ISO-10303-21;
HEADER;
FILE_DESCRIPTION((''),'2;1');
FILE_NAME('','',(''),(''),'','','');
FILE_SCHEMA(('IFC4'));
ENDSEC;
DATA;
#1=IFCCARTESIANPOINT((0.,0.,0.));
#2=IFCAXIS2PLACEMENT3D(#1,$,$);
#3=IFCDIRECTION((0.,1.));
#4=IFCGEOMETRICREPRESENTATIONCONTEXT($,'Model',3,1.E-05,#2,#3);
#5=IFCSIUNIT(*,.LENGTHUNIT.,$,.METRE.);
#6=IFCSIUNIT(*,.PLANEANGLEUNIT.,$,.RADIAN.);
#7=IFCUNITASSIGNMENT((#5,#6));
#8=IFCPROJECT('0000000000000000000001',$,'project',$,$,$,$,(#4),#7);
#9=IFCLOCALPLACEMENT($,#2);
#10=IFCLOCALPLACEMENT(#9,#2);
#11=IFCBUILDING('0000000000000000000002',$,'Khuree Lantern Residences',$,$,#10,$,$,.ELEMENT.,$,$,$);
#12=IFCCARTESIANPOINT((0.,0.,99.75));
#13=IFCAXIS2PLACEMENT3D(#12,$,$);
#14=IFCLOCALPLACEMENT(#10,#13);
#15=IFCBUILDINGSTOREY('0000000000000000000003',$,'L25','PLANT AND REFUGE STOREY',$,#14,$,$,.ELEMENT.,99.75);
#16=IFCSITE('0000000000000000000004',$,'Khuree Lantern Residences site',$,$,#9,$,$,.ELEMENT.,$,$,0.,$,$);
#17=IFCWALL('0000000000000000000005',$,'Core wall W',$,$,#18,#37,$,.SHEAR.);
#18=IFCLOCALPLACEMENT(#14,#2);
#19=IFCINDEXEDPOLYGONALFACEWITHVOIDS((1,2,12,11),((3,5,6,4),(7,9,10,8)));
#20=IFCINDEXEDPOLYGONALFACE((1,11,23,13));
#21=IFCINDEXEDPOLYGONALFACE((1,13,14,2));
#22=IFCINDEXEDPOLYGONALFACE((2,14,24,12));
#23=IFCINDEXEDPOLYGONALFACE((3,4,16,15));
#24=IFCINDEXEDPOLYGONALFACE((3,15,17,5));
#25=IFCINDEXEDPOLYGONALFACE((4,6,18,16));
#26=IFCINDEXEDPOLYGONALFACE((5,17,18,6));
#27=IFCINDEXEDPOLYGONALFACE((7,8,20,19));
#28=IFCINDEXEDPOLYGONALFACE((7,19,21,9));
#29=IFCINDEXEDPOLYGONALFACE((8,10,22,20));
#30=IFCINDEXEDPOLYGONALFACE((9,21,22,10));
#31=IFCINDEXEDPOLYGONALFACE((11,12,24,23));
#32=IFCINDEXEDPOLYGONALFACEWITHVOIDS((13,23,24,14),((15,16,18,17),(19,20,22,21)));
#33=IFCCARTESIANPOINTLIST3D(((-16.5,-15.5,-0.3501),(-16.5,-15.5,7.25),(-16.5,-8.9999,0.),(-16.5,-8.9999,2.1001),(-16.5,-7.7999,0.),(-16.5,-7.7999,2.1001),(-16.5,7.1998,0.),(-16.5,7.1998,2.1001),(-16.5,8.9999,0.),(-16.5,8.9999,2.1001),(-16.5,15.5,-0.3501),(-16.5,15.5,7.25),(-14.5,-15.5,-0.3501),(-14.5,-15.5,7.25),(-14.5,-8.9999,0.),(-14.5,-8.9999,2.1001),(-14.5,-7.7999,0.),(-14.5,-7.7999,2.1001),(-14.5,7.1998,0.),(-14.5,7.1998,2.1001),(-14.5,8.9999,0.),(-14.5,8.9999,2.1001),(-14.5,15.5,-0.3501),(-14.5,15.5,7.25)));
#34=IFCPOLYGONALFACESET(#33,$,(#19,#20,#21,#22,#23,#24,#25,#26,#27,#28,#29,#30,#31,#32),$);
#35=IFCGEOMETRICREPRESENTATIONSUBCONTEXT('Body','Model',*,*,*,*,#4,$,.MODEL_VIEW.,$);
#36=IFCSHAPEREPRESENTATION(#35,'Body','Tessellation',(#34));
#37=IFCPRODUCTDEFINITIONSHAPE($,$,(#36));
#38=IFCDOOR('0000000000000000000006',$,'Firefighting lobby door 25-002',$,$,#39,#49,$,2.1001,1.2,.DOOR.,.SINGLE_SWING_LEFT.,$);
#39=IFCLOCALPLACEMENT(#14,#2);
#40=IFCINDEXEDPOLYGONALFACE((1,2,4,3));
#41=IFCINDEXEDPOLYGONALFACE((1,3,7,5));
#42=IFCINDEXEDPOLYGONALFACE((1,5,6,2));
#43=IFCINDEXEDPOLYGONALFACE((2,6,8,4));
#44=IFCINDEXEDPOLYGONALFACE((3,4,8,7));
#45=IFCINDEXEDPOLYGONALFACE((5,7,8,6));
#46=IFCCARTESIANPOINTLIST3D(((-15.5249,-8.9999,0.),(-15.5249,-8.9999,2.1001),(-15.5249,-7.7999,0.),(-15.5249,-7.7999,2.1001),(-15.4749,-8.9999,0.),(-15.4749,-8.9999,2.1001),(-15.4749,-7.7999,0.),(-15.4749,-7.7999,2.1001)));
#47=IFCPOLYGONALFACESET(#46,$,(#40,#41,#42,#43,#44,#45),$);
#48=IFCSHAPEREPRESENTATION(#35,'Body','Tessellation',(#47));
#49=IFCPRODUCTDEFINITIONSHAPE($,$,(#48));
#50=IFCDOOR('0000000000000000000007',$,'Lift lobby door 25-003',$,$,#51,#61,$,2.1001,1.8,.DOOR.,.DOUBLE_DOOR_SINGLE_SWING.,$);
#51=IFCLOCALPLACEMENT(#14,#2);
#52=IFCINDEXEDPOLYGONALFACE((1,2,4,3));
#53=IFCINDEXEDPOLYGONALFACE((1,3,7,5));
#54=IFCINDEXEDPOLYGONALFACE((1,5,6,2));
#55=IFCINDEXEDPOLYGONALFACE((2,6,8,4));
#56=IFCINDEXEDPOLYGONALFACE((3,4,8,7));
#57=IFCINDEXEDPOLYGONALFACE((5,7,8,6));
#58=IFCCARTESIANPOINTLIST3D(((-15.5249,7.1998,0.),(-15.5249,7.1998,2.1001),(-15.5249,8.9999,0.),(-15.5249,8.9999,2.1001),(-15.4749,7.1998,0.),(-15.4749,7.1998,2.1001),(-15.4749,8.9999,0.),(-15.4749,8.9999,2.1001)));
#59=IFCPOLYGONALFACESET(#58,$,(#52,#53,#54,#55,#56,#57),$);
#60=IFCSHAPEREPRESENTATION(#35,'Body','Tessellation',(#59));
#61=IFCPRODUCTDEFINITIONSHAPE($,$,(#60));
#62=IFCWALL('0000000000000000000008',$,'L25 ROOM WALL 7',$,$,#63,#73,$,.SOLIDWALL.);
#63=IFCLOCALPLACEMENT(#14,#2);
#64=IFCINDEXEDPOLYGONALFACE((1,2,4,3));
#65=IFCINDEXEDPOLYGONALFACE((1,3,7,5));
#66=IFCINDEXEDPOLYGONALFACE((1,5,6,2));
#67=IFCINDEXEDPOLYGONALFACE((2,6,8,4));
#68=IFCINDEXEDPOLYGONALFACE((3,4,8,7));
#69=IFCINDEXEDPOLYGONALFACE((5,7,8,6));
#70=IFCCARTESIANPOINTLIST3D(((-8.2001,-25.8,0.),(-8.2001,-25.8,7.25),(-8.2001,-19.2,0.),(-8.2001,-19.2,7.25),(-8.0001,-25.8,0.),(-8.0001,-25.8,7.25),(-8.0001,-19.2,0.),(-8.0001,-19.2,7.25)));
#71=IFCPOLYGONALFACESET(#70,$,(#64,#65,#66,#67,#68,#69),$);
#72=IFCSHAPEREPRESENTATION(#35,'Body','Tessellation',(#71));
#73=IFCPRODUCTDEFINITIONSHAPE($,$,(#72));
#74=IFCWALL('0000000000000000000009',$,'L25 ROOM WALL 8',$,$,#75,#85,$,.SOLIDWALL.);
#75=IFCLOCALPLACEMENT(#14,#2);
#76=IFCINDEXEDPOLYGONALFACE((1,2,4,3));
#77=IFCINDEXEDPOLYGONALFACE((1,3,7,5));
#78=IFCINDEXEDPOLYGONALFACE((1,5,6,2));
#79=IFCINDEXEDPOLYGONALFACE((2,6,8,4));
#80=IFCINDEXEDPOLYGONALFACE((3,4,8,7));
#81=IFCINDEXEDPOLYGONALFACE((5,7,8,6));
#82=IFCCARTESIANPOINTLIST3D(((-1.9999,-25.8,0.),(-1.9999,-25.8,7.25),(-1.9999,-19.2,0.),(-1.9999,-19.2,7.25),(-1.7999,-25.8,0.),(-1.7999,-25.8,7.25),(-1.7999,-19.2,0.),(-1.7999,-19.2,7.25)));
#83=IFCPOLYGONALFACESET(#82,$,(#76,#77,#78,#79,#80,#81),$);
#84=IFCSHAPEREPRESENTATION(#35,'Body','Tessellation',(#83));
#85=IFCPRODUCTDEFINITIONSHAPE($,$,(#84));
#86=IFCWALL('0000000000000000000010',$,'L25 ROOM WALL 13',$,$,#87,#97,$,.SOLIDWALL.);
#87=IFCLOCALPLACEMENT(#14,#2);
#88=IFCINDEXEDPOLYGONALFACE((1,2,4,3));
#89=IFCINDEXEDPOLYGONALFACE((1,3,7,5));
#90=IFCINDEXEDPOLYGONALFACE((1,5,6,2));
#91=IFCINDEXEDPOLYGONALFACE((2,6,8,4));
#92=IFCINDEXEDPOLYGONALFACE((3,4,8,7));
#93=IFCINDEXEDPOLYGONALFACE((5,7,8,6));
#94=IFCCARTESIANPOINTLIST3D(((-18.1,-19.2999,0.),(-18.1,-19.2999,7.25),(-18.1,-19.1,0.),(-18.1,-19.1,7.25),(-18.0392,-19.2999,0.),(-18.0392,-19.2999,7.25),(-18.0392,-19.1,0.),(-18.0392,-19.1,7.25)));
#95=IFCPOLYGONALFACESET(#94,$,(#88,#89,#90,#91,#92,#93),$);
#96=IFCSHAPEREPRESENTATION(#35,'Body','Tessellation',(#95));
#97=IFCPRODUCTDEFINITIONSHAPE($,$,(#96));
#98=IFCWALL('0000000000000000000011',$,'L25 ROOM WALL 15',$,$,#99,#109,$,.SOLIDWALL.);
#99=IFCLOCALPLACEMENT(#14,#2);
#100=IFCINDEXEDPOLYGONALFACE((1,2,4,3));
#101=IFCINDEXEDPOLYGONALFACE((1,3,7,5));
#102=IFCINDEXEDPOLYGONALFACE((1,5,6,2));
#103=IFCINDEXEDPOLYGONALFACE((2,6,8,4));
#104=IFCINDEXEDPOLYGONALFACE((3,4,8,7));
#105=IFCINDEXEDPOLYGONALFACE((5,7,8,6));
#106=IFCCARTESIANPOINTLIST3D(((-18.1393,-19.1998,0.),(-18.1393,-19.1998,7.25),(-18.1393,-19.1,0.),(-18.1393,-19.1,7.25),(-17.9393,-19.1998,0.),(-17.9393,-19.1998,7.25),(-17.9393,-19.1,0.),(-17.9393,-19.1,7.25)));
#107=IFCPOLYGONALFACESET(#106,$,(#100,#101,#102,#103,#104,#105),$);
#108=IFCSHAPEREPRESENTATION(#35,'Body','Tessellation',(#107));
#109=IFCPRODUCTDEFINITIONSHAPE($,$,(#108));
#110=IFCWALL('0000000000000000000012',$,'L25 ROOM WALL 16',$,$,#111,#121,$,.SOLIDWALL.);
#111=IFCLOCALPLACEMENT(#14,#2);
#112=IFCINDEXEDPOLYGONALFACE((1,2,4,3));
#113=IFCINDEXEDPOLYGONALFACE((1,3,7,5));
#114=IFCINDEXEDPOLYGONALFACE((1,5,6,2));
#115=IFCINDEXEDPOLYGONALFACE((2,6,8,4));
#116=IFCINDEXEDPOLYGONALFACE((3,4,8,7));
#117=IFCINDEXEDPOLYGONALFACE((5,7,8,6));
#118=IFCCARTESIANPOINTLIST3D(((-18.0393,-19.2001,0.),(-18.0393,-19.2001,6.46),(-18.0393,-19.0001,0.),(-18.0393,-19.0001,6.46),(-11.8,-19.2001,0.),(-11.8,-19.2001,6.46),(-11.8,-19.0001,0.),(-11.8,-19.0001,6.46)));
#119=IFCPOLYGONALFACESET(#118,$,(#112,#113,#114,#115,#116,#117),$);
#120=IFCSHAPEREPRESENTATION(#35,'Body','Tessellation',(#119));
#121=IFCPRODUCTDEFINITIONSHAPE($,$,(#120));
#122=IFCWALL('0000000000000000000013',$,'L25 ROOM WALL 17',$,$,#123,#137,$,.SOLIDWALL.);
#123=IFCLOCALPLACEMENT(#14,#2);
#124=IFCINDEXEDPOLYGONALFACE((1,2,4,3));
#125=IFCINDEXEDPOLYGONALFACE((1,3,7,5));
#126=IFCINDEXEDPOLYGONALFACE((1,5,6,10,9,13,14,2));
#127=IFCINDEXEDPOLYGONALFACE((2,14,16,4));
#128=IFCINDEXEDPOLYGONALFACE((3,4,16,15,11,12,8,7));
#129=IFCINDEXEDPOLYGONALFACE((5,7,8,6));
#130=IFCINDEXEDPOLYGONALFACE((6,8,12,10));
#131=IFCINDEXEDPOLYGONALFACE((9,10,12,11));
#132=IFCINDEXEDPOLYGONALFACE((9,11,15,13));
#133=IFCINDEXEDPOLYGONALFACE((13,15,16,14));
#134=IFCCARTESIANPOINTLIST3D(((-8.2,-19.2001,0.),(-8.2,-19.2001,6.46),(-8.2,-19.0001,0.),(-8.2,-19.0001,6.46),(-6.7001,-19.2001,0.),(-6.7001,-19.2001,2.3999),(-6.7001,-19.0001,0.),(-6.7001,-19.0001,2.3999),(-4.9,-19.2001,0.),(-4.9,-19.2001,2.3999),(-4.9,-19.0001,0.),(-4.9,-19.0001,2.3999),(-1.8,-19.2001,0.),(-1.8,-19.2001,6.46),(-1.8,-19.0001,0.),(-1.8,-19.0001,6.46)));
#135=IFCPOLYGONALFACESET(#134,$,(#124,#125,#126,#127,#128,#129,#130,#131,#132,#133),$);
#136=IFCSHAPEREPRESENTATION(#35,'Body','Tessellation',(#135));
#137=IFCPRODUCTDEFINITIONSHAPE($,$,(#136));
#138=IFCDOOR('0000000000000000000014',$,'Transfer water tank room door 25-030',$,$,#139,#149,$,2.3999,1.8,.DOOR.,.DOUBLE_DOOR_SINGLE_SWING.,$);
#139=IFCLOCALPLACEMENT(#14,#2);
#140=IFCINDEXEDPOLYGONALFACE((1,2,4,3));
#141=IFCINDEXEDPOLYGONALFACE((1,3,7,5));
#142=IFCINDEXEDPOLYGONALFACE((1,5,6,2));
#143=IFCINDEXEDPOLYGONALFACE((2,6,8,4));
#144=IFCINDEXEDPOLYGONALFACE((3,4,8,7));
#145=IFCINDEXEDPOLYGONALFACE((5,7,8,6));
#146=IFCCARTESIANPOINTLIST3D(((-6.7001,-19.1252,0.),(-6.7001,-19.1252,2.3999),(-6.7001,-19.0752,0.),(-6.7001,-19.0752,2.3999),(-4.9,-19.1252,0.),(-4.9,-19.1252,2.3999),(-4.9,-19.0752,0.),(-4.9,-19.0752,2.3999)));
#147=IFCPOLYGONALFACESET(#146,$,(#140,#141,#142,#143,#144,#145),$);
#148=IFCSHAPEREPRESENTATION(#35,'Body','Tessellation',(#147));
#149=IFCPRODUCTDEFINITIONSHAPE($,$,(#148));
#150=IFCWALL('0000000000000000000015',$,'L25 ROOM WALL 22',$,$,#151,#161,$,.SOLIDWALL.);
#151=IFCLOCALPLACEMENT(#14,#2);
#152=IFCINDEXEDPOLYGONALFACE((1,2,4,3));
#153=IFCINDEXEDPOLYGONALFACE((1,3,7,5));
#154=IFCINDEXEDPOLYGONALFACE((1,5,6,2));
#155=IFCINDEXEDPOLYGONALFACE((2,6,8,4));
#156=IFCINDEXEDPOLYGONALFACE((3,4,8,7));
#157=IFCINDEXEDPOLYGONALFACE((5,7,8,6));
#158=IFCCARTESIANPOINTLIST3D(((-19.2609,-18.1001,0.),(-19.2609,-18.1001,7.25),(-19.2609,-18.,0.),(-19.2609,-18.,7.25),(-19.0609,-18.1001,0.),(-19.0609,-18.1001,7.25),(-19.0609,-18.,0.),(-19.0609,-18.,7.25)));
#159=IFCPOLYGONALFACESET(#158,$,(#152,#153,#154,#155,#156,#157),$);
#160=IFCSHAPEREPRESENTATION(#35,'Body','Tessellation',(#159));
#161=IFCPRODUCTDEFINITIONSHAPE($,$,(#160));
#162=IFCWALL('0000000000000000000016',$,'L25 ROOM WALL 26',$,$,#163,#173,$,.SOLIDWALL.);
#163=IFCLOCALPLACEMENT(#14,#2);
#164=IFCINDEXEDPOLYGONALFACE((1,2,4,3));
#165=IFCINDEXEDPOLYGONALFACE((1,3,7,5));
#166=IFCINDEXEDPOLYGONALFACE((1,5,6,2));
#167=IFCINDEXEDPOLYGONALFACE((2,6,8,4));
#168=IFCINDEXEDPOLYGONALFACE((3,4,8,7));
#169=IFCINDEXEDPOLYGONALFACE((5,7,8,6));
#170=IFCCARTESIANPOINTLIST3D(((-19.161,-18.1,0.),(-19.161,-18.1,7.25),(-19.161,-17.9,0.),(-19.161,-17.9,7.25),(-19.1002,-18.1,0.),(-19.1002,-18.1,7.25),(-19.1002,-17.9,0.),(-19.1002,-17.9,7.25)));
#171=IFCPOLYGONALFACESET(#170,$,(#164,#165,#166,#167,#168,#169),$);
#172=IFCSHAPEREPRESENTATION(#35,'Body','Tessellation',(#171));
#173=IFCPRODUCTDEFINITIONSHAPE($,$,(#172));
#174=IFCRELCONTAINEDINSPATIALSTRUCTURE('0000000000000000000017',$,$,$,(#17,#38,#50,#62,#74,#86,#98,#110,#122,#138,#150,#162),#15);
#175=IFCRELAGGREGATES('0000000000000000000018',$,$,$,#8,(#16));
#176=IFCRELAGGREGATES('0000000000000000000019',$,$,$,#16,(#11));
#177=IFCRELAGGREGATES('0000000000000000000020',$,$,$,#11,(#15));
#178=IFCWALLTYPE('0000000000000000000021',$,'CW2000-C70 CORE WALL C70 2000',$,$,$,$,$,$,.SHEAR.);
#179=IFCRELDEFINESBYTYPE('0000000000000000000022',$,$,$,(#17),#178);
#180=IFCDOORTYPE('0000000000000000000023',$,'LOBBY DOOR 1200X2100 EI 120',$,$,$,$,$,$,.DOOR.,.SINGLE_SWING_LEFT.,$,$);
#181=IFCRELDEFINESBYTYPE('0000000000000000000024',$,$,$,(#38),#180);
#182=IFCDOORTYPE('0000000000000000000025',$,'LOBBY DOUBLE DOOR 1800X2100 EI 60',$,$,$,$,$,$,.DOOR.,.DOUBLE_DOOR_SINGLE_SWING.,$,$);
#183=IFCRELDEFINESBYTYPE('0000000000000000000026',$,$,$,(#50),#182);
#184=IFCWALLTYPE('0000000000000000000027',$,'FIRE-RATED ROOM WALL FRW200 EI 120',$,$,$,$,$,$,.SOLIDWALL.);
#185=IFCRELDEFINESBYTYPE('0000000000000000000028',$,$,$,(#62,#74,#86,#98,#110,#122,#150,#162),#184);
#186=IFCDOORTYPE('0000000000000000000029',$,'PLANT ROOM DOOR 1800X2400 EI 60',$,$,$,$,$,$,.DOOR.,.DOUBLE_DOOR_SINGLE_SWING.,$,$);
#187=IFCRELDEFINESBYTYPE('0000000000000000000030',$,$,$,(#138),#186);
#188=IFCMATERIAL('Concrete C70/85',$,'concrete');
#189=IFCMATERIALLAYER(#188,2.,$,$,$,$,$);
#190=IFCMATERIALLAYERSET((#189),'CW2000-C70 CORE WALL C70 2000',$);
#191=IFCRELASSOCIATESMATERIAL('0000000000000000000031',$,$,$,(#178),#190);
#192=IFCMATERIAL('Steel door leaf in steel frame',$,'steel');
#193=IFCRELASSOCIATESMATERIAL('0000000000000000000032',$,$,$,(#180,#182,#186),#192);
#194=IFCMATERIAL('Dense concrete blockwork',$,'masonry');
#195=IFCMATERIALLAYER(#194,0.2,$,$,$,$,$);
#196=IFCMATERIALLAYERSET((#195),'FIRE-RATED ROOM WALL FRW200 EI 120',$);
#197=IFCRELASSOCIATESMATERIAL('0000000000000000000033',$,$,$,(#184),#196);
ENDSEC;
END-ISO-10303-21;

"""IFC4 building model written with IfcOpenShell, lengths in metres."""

from ifc_helpers import new_model, si_unit, direction, frame, frame_2d, origin, place, context, subcontext, project, spatial, rectangle, extrude, material, layer, layer_set, type_object, element, fill, save


model = new_model("IFC4")

# Units and contexts
model_context = context("Model", 3, precision=1e-05, world=origin(), true_north=direction((0.0, 1.0)))
body_context = subcontext(model_context, "Body", "Model", "MODEL_VIEW")
ifc_project = project(units=[si_unit("LENGTHUNIT", "METRE"), si_unit("PLANEANGLEUNIT", "RADIAN")], contexts=[model_context])

# Site, building, storey
site_placement = place(None, origin())
site = spatial("IfcSite", under=ifc_project, at=site_placement, Name="Khuree Lantern Residences site", CompositionType="ELEMENT", RefElevation=0.0)
building_placement = place(site_placement, origin())
building = spatial("IfcBuilding", under=site, at=building_placement, Name="Khuree Lantern Residences", CompositionType="ELEMENT")
storey_placement = place(building_placement, frame((0.0, 0.0, 99.75)))
storey = spatial("IfcBuildingStorey", under=building, at=storey_placement, Name="L25", Description="PLANT AND REFUGE STOREY", CompositionType="ELEMENT", Elevation=99.75)

# Shared definitions
ifc_material_1 = material(Name="Concrete C70/85", Category="concrete")

# Shared definitions
ifc_material_2 = material(Name="Dense concrete blockwork", Category="masonry")
ifc_layer_1 = layer(ifc_material_1, 2.0)
ifc_layer_set_1 = layer_set([ifc_layer_1], Name="CW2000-C70 CORE WALL C70 2000")
wall_type_1 = type_object("IfcWallType", Name="CW2000-C70 CORE WALL C70 2000", PredefinedType="SHEAR", material=ifc_layer_set_1)

# Wall, openings, doors
wall_1_placement = place(storey_placement, frame((-15.5, -15.5, -0.3501), z_axis=(0.0, 0.0, 1.0), x_axis=(0.0, 1.0, 0.0)))
wall_1 = element("IfcWall", 1, at=wall_1_placement, inside=storey, type_object=wall_type_1, Name="Core wall W", PredefinedType="SHEAR", context=body_context, shape_type="SweptSolid", body=[
    extrude(rectangle(XDim=31.0, YDim=2.0, at=frame_2d((15.5, 0.0))), origin(), (0.0, 0.0, 1.0), 7.6001),
])
opening_1_placement = place(wall_1_placement, frame((6.5, 0.0, 0.3501)))
opening_1 = element("IfcOpeningElement", 2, at=opening_1_placement, cuts=wall_1, PredefinedType="OPENING", context=body_context, shape_type="SweptSolid", body=[
    extrude(rectangle(XDim=1.2, YDim=2.1001, at=frame_2d((0.6001, 1.05))), frame((0.0, 1.01, 0.0), z_axis=(0.0, -1.0, 0.0), x_axis=(1.0, 0.0, 0.0)), (0.0, 0.0, 1.0), 2.02),
])
opening_2_placement = place(wall_1_placement, frame((22.7, 0.0, 0.3501)))
opening_2 = element("IfcOpeningElement", 3, at=opening_2_placement, cuts=wall_1, PredefinedType="OPENING", context=body_context, shape_type="SweptSolid", body=[
    extrude(rectangle(XDim=1.8, YDim=2.1001, at=frame_2d((0.8999, 1.05))), frame((0.0, 1.01, 0.0), z_axis=(0.0, -1.0, 0.0), x_axis=(1.0, 0.0, 0.0)), (0.0, 0.0, 1.0), 2.02),
])
ifc_material_3 = material(Name="Steel door leaf in steel frame", Category="steel")
door_type_1 = type_object("IfcDoorType", Name="LOBBY DOOR 1200X2100 EI 120", OperationType="SINGLE_SWING_LEFT", PredefinedType="DOOR", material=ifc_material_3)
door_1_placement = place(opening_1_placement, origin())
door_1 = element("IfcDoor", 4, at=door_1_placement, inside=storey, type_object=door_type_1, Name="Firefighting lobby door 25-002", OperationType="SINGLE_SWING_LEFT", OverallHeight=2.1001, OverallWidth=1.2, PredefinedType="DOOR", context=body_context, shape_type="SweptSolid", body=[
    extrude(rectangle(XDim=1.2, YDim=2.1001, at=frame_2d((0.6001, 1.05))), frame((0.0, 0.0249, 0.0), z_axis=(0.0, -1.0, 0.0), x_axis=(1.0, 0.0, 0.0)), (0.0, 0.0, 1.0), 0.05),
])
fill(opening_1, door_1)
door_type_2 = type_object("IfcDoorType", Name="LOBBY DOUBLE DOOR 1800X2100 EI 60", OperationType="DOUBLE_DOOR_SINGLE_SWING", PredefinedType="DOOR", material=ifc_material_3)
door_2_placement = place(opening_2_placement, origin())
door_2 = element("IfcDoor", 5, at=door_2_placement, inside=storey, type_object=door_type_2, Name="Lift lobby door 25-003", OperationType="DOUBLE_DOOR_SINGLE_SWING", OverallHeight=2.1001, OverallWidth=1.8, PredefinedType="DOOR", context=body_context, shape_type="SweptSolid", body=[
    extrude(rectangle(XDim=1.8, YDim=2.1001, at=frame_2d((0.8999, 1.05))), frame((0.0, 0.0249, 0.0), z_axis=(0.0, -1.0, 0.0), x_axis=(1.0, 0.0, 0.0)), (0.0, 0.0, 1.0), 0.05),
])
fill(opening_2, door_2)

# Walls
ifc_layer_2 = layer(ifc_material_2, 0.2)
ifc_layer_set_2 = layer_set([ifc_layer_2], Name="FIRE-RATED ROOM WALL FRW200 EI 120")
wall_type_2 = type_object("IfcWallType", Name="FIRE-RATED ROOM WALL FRW200 EI 120", PredefinedType="SOLIDWALL", material=ifc_layer_set_2)
for number, where, z_axis, x_axis, name in (
    (6, (-8.1001, -25.8, 0.0), (0.0, 0.0, 1.0), (0.0, 1.0, 0.0), "L25 ROOM WALL 7"),
    (7, (-1.8999, -25.8, 0.0), (0.0, 0.0, 1.0), (0.0, 1.0, 0.0), "L25 ROOM WALL 8"),
):
    element("IfcWall", number, at=place(storey_placement, frame(where, z_axis=z_axis, x_axis=x_axis)), inside=storey, type_object=wall_type_2, Name=name, PredefinedType="SOLIDWALL", context=body_context, shape_type="SweptSolid", body=[
        extrude(rectangle(XDim=6.6001, YDim=0.2, at=frame_2d((3.3, 0.0))), origin(), (0.0, 0.0, 1.0), 7.25),
    ])
wall_2_placement = place(storey_placement, frame((-18.0393, -19.2, 0.0), z_axis=(0.0, 0.0, 1.0), x_axis=(-1.0, 0.0, 0.0)))
element("IfcWall", 8, at=wall_2_placement, inside=storey, type_object=wall_type_2, Name="L25 ROOM WALL 13", PredefinedType="SOLIDWALL", context=body_context, shape_type="SweptSolid", body=[
    extrude(rectangle(XDim=0.0608, YDim=0.2, at=frame_2d((0.0303, 0.0))), origin(), (0.0, 0.0, 1.0), 7.25),
])
wall_3_placement = place(storey_placement, frame((-18.0393, -19.1001, 0.0), z_axis=(0.0, 0.0, 1.0), x_axis=(0.0, -1.0, 0.0)))
element("IfcWall", 9, at=wall_3_placement, inside=storey, type_object=wall_type_2, Name="L25 ROOM WALL 15", PredefinedType="SOLIDWALL", context=body_context, shape_type="SweptSolid", body=[
    extrude(rectangle(XDim=0.0999, YDim=0.2, at=frame_2d((0.0498, 0.0))), origin(), (0.0, 0.0, 1.0), 7.25),
])
wall_4_placement = place(storey_placement, frame((-18.0393, -19.1001, 0.0), z_axis=(0.0, 0.0, 1.0), x_axis=(1.0, 0.0, 0.0)))
element("IfcWall", 10, at=wall_4_placement, inside=storey, type_object=wall_type_2, Name="L25 ROOM WALL 16", PredefinedType="SOLIDWALL", context=body_context, shape_type="SweptSolid", body=[
    extrude(rectangle(XDim=6.2393, YDim=0.2, at=frame_2d((3.1196, 0.0))), origin(), (0.0, 0.0, 1.0), 6.46),
])

# Wall, opening, door
wall_5_placement = place(storey_placement, frame((-8.2, -19.1001, 0.0), z_axis=(0.0, 0.0, 1.0), x_axis=(1.0, 0.0, 0.0)))
wall_5 = element("IfcWall", 11, at=wall_5_placement, inside=storey, type_object=wall_type_2, Name="L25 ROOM WALL 17", PredefinedType="SOLIDWALL", context=body_context, shape_type="SweptSolid", body=[
    extrude(rectangle(XDim=6.3999, YDim=0.2, at=frame_2d((3.2, 0.0))), origin(), (0.0, 0.0, 1.0), 6.46),
])
opening_3_placement = place(wall_5_placement, frame((1.5, 0.0, 0.0)))
opening_3 = element("IfcOpeningElement", 12, at=opening_3_placement, cuts=wall_5, PredefinedType="OPENING", context=body_context, shape_type="SweptSolid", body=[
    extrude(rectangle(XDim=1.8, YDim=2.3999, at=frame_2d((0.8999, 1.2))), frame((0.0, 0.1099, 0.0), z_axis=(0.0, -1.0, 0.0), x_axis=(1.0, 0.0, 0.0)), (0.0, 0.0, 1.0), 0.22),
])
door_type_3 = type_object("IfcDoorType", Name="PLANT ROOM DOOR 1800X2400 EI 60", OperationType="DOUBLE_DOOR_SINGLE_SWING", PredefinedType="DOOR", material=ifc_material_3)
door_3_placement = place(opening_3_placement, origin())
door_3 = element("IfcDoor", 13, at=door_3_placement, inside=storey, type_object=door_type_3, Name="Transfer water tank room door 25-030", OperationType="DOUBLE_DOOR_SINGLE_SWING", OverallHeight=2.3999, OverallWidth=1.8, PredefinedType="DOOR", context=body_context, shape_type="SweptSolid", body=[
    extrude(rectangle(XDim=1.8, YDim=2.3999, at=frame_2d((0.8999, 1.2))), frame((0.0, 0.0249, 0.0), z_axis=(0.0, -1.0, 0.0), x_axis=(1.0, 0.0, 0.0)), (0.0, 0.0, 1.0), 0.05),
])
fill(opening_3, door_3)

# Walls
wall_6_placement = place(storey_placement, frame((-19.1609, -18.1001, 0.0), z_axis=(0.0, 0.0, 1.0), x_axis=(0.0, 1.0, 0.0)))
element("IfcWall", 14, at=wall_6_placement, inside=storey, type_object=wall_type_2, Name="L25 ROOM WALL 22", PredefinedType="SOLIDWALL", context=body_context, shape_type="SweptSolid", body=[
    extrude(rectangle(XDim=0.1001, YDim=0.2, at=frame_2d((0.05, 0.0))), origin(), (0.0, 0.0, 1.0), 7.25),
])
wall_7_placement = place(storey_placement, frame((-19.1609, -18.0, 0.0), z_axis=(0.0, 0.0, 1.0), x_axis=(1.0, 0.0, 0.0)))
element("IfcWall", 15, at=wall_7_placement, inside=storey, type_object=wall_type_2, Name="L25 ROOM WALL 26", PredefinedType="SOLIDWALL", context=body_context, shape_type="SweptSolid", body=[
    extrude(rectangle(XDim=0.0608, YDim=0.2, at=frame_2d((0.0303, 0.0))), origin(), (0.0, 0.0, 1.0), 7.25),
])

save(model, "model.ifc")
